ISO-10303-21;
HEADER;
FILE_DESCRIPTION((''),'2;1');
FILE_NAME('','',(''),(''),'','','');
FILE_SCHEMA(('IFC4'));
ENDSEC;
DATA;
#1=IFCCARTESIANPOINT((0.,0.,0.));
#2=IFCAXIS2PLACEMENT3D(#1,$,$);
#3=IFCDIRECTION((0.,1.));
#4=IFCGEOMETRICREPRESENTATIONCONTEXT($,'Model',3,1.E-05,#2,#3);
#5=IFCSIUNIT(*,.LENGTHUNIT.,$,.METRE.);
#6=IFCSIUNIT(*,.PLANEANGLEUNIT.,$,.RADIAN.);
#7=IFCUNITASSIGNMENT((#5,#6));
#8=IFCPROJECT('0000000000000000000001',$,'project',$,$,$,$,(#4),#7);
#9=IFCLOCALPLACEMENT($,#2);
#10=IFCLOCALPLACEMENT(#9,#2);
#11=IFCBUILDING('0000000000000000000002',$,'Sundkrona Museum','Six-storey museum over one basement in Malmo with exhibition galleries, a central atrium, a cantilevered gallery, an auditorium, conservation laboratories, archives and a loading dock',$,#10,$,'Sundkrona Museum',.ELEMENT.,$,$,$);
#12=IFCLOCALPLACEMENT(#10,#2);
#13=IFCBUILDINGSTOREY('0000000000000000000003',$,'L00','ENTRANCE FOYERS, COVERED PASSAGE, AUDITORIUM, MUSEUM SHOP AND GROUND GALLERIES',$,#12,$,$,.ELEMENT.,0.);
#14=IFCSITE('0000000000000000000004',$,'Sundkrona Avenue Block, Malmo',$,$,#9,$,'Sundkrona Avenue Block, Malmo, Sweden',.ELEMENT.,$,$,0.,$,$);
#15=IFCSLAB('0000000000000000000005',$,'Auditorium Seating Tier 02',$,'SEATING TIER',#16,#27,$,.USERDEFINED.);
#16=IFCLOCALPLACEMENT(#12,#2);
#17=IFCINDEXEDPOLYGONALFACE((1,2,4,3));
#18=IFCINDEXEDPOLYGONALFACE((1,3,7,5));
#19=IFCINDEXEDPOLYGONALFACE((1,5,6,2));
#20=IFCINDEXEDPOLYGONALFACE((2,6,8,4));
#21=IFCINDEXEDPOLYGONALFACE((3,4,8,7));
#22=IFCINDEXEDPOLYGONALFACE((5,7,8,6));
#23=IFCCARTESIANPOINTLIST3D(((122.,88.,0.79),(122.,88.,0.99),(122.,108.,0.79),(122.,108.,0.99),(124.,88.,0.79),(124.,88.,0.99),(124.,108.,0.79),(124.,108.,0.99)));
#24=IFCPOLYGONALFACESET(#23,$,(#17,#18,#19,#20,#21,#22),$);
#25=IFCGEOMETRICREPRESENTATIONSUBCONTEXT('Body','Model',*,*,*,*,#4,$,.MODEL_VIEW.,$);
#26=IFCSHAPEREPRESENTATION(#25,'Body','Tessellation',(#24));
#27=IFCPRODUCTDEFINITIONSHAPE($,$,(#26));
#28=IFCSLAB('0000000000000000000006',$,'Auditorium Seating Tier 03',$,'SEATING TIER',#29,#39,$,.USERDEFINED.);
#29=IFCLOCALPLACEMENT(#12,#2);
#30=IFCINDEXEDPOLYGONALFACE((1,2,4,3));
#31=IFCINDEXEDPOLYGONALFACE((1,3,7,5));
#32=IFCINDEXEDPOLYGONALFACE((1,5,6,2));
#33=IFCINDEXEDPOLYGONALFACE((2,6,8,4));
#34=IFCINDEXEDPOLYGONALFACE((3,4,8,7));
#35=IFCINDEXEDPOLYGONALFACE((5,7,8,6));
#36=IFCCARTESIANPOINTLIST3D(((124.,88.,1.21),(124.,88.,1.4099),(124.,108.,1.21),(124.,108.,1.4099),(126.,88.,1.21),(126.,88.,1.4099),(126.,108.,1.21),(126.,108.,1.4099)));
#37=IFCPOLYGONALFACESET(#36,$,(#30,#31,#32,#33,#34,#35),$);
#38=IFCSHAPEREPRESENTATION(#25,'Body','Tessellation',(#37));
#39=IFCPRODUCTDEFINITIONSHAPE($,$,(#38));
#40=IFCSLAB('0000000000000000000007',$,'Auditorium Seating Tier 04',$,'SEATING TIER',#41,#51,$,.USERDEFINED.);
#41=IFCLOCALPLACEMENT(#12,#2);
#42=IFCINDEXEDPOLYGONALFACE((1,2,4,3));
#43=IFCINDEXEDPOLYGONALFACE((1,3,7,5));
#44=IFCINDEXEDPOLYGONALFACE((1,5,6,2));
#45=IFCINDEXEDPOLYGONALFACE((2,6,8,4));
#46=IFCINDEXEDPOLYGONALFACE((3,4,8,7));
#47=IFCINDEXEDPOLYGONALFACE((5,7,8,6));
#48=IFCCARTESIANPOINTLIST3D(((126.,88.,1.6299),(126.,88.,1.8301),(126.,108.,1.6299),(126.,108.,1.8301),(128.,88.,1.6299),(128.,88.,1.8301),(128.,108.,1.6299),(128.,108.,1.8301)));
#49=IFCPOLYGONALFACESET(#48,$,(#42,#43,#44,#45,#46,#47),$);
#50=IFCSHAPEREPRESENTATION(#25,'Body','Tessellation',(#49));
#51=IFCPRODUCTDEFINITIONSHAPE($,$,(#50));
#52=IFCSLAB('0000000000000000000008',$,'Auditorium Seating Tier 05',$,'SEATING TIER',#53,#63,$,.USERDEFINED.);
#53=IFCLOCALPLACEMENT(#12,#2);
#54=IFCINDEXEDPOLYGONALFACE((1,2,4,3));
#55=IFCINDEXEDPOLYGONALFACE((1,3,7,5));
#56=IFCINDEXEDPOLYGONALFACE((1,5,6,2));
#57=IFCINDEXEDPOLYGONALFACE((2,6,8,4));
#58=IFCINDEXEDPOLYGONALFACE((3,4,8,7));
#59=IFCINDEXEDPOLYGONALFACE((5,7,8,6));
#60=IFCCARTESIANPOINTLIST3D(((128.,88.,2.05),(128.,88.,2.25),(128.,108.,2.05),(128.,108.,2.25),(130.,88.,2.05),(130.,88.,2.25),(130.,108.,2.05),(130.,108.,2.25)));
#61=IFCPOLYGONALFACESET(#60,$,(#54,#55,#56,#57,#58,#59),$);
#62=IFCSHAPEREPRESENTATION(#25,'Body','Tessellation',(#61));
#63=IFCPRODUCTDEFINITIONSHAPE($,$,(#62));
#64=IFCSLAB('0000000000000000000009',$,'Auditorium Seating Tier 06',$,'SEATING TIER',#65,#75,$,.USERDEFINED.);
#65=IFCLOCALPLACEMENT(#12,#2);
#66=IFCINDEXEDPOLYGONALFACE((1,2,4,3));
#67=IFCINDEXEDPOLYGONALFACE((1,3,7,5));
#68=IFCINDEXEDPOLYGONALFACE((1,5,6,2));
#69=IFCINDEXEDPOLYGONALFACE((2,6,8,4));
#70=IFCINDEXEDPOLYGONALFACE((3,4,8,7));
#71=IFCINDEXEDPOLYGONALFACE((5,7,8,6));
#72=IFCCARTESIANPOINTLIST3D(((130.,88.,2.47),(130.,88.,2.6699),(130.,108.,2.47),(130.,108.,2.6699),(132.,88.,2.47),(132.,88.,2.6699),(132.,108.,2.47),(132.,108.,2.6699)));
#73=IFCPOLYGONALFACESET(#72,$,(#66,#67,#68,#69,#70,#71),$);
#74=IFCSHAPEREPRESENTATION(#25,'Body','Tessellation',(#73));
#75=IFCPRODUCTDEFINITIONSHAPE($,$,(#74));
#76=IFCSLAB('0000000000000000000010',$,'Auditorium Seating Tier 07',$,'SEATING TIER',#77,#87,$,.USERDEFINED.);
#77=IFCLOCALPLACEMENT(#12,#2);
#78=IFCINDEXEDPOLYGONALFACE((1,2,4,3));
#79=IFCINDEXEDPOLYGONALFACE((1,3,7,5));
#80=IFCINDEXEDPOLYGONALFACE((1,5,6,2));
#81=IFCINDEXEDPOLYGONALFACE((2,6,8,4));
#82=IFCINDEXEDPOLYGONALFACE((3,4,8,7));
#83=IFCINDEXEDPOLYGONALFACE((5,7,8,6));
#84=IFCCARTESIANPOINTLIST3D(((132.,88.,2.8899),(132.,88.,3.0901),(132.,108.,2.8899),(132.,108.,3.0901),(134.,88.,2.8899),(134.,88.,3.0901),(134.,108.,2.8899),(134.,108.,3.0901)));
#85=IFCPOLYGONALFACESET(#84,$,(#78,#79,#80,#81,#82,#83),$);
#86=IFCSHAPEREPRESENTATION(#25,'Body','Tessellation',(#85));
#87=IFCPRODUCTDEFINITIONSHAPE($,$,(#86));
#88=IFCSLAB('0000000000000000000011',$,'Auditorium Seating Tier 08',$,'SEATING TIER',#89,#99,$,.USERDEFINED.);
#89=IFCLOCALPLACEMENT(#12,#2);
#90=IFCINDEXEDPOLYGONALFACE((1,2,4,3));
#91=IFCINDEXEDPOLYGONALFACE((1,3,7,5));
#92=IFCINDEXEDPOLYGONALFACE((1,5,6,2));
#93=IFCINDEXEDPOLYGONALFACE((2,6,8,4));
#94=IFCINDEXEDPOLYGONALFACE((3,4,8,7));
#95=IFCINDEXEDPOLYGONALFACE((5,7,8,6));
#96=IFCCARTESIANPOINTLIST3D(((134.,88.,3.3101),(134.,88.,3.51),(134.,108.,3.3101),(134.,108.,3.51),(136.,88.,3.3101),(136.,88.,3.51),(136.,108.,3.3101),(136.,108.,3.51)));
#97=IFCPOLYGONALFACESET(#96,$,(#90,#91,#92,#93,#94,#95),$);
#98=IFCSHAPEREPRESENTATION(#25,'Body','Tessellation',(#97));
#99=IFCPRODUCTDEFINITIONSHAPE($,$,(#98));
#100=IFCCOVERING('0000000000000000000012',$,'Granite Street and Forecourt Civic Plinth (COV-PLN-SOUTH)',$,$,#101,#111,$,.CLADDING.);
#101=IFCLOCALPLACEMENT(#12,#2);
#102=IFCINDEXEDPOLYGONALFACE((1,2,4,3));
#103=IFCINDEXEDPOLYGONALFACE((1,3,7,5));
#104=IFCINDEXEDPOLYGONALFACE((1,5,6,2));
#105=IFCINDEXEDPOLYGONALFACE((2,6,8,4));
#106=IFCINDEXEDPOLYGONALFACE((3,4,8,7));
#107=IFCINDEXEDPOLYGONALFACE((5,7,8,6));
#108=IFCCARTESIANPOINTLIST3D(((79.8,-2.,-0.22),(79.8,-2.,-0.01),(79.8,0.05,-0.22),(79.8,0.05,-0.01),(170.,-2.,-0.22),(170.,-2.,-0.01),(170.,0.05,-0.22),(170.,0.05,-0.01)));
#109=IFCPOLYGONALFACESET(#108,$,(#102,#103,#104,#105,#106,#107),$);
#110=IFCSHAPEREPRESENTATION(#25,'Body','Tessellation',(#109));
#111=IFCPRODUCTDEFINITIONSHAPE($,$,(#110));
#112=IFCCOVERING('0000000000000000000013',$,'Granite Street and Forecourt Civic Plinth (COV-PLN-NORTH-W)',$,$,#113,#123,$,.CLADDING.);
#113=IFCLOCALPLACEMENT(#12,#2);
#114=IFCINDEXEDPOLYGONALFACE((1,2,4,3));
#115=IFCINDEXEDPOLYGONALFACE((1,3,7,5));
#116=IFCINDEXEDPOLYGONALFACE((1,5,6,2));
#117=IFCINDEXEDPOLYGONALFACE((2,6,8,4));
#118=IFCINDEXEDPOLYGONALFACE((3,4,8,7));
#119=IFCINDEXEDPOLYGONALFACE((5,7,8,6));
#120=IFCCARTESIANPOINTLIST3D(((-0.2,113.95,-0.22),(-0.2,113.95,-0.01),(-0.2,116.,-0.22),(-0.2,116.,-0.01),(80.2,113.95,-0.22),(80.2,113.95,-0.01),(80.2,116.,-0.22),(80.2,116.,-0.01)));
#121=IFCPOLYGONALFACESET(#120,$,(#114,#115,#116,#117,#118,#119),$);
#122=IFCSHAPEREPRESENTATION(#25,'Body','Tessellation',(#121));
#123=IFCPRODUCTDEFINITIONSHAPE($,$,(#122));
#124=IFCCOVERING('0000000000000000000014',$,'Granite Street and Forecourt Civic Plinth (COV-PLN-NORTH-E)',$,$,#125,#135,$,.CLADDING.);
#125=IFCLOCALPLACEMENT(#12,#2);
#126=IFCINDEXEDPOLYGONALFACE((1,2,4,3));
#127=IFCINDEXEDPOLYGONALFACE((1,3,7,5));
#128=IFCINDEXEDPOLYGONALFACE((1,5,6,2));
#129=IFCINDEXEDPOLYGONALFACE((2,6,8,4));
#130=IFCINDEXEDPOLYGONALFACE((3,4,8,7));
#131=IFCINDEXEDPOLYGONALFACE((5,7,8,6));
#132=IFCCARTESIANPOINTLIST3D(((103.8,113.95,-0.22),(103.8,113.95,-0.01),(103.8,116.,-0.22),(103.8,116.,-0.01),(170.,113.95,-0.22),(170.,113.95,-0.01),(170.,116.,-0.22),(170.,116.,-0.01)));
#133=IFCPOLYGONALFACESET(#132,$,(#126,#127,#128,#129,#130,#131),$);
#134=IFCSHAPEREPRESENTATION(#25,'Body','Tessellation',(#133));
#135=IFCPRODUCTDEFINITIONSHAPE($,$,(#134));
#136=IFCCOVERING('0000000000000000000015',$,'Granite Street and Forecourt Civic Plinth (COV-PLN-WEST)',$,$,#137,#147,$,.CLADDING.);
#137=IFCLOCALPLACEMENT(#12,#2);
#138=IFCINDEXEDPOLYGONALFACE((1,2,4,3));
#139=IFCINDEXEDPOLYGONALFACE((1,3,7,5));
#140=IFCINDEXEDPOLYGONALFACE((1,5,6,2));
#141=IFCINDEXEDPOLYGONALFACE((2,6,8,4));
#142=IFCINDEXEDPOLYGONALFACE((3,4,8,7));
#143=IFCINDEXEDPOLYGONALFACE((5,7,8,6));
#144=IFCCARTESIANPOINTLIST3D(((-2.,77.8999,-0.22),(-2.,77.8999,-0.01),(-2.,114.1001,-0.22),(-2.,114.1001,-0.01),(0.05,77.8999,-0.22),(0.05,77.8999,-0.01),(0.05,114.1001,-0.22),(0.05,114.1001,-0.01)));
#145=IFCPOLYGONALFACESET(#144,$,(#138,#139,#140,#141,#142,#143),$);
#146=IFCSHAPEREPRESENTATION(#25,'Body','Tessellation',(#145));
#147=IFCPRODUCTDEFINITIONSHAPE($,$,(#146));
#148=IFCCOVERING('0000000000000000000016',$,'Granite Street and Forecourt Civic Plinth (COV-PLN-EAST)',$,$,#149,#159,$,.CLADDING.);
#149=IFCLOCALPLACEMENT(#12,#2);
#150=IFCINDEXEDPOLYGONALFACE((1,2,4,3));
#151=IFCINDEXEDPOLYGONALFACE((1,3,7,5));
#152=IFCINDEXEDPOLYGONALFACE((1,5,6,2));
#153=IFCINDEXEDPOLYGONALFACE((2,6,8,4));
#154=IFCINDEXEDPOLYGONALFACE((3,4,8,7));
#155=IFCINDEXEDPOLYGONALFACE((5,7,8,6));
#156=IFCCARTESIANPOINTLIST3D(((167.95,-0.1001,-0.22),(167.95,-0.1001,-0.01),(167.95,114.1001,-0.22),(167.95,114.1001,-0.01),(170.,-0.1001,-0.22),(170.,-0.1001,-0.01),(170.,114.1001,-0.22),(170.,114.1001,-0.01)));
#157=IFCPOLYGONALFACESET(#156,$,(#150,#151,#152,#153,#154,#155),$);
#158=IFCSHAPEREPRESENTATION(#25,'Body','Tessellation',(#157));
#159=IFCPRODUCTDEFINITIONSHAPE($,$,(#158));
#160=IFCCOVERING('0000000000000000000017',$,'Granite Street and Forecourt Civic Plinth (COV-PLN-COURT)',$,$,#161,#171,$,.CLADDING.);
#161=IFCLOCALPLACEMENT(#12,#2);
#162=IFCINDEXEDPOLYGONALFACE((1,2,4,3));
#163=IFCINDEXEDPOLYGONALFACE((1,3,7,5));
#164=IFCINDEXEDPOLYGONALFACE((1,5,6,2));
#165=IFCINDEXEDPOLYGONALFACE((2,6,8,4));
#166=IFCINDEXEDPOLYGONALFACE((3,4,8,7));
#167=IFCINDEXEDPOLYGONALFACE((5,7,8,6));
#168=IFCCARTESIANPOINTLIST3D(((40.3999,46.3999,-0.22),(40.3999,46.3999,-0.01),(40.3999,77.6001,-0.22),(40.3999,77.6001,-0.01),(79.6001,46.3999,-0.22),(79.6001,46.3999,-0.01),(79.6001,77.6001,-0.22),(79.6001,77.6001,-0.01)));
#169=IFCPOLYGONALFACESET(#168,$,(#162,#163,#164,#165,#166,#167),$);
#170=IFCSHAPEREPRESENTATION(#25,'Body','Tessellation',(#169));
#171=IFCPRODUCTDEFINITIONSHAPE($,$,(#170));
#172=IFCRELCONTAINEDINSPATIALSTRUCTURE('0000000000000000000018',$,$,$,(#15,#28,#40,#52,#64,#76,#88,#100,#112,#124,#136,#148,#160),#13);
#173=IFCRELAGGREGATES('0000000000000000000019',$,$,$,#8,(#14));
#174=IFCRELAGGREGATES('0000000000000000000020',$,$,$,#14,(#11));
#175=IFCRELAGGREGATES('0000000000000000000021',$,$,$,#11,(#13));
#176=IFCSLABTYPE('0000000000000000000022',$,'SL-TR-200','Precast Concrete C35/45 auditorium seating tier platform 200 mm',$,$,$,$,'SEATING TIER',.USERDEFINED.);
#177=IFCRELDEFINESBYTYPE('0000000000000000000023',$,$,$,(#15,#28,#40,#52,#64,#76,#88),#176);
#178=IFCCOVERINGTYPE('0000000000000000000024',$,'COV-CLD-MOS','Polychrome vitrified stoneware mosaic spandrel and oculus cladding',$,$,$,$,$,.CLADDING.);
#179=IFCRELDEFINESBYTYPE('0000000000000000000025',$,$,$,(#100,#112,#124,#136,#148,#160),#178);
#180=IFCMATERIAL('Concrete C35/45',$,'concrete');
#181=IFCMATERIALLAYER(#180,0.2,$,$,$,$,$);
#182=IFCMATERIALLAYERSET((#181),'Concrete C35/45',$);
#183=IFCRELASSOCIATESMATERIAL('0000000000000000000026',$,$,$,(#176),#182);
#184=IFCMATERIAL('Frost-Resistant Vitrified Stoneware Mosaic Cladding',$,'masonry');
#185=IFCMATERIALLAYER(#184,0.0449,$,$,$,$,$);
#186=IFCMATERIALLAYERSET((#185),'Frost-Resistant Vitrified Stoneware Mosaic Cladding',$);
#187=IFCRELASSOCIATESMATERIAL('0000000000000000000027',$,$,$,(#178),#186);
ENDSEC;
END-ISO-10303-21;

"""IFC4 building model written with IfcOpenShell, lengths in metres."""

from ifc_helpers import new_model, si_unit, direction, frame, origin, place, context, subcontext, project, spatial, polyline, outline, extrude, material, layer, layer_set, type_object, element, save


model = new_model("IFC4")

# Units and contexts
model_context = context("Model", 3, precision=1e-05, world=origin(), true_north=direction((0.0, 1.0)))
body_context = subcontext(model_context, "Body", "Model", "MODEL_VIEW")
ifc_project = project(units=[si_unit("LENGTHUNIT", "METRE"), si_unit("PLANEANGLEUNIT", "RADIAN")], contexts=[model_context])

# Site, building, storey
site_placement = place(None, origin())
site = spatial("IfcSite", under=ifc_project, at=site_placement, Name="Sundkrona Avenue Block, Malmo", LongName="Sundkrona Avenue Block, Malmo, Sweden", CompositionType="ELEMENT", RefElevation=0.0)
building_placement = place(site_placement, origin())
building = spatial("IfcBuilding", under=site, at=building_placement, Name="Sundkrona Museum", Description="Six-storey museum over one basement in Malmo with exhibition galleries, a central atrium, a cantilevered gallery, an auditorium, conservation laboratories, archives and a loading dock", LongName="Sundkrona Museum", CompositionType="ELEMENT")
storey_placement = place(building_placement, origin())
storey = spatial("IfcBuildingStorey", under=building, at=storey_placement, Name="L00", Description="ENTRANCE FOYERS, COVERED PASSAGE, AUDITORIUM, MUSEUM SHOP AND GROUND GALLERIES", CompositionType="ELEMENT", Elevation=0.0)

# Shared definitions
ifc_material_1 = material(Name="Concrete C35/45", Category="concrete")

# Slabs
ifc_layer_1 = layer(ifc_material_1, 0.2)
ifc_layer_set_1 = layer_set([ifc_layer_1], Name="Concrete C35/45")
slab_type_1 = type_object("IfcSlabType", Name="SL-TR-200", Description="Precast Concrete C35/45 auditorium seating tier platform 200 mm", ElementType="SEATING TIER", PredefinedType="USERDEFINED", material=ifc_layer_set_1)
slab_1_placement = place(storey_placement, frame((0.0, 0.0, 0.79)))
element("IfcSlab", 1, at=slab_1_placement, inside=storey, type_object=slab_type_1, Name="Auditorium Seating Tier 02", ObjectType="SEATING TIER", PredefinedType="USERDEFINED", context=body_context, shape_type="SweptSolid", body=[
    extrude(outline(polyline([(122.0, 88.0), (124.0, 88.0), (124.0, 108.0), (122.0, 108.0), (122.0, 88.0)])), origin(), (0.0, 0.0, 1.0), 0.2),
])
slab_2_placement = place(storey_placement, frame((0.0, 0.0, 1.21)))
element("IfcSlab", 2, at=slab_2_placement, inside=storey, type_object=slab_type_1, Name="Auditorium Seating Tier 03", ObjectType="SEATING TIER", PredefinedType="USERDEFINED", context=body_context, shape_type="SweptSolid", body=[
    extrude(outline(polyline([(124.0, 88.0), (126.0, 88.0), (126.0, 108.0), (124.0, 108.0), (124.0, 88.0)])), origin(), (0.0, 0.0, 1.0), 0.2),
])
slab_3_placement = place(storey_placement, frame((0.0, 0.0, 1.6299)))
element("IfcSlab", 3, at=slab_3_placement, inside=storey, type_object=slab_type_1, Name="Auditorium Seating Tier 04", ObjectType="SEATING TIER", PredefinedType="USERDEFINED", context=body_context, shape_type="SweptSolid", body=[
    extrude(outline(polyline([(126.0, 88.0), (128.0, 88.0), (128.0, 108.0), (126.0, 108.0), (126.0, 88.0)])), origin(), (0.0, 0.0, 1.0), 0.2002),
])
slab_4_placement = place(storey_placement, frame((0.0, 0.0, 2.05)))
element("IfcSlab", 4, at=slab_4_placement, inside=storey, type_object=slab_type_1, Name="Auditorium Seating Tier 05", ObjectType="SEATING TIER", PredefinedType="USERDEFINED", context=body_context, shape_type="SweptSolid", body=[
    extrude(outline(polyline([(128.0, 88.0), (130.0, 88.0), (130.0, 108.0), (128.0, 108.0), (128.0, 88.0)])), origin(), (0.0, 0.0, 1.0), 0.2),
])
slab_5_placement = place(storey_placement, frame((0.0, 0.0, 2.47)))
element("IfcSlab", 5, at=slab_5_placement, inside=storey, type_object=slab_type_1, Name="Auditorium Seating Tier 06", ObjectType="SEATING TIER", PredefinedType="USERDEFINED", context=body_context, shape_type="SweptSolid", body=[
    extrude(outline(polyline([(130.0, 88.0), (132.0, 88.0), (132.0, 108.0), (130.0, 108.0), (130.0, 88.0)])), origin(), (0.0, 0.0, 1.0), 0.2),
])
slab_6_placement = place(storey_placement, frame((0.0, 0.0, 2.8899)))
element("IfcSlab", 6, at=slab_6_placement, inside=storey, type_object=slab_type_1, Name="Auditorium Seating Tier 07", ObjectType="SEATING TIER", PredefinedType="USERDEFINED", context=body_context, shape_type="SweptSolid", body=[
    extrude(outline(polyline([(132.0, 88.0), (134.0, 88.0), (134.0, 108.0), (132.0, 108.0), (132.0, 88.0)])), origin(), (0.0, 0.0, 1.0), 0.2002),
])
slab_7_placement = place(storey_placement, frame((0.0, 0.0, 3.3101)))
element("IfcSlab", 7, at=slab_7_placement, inside=storey, type_object=slab_type_1, Name="Auditorium Seating Tier 08", ObjectType="SEATING TIER", PredefinedType="USERDEFINED", context=body_context, shape_type="SweptSolid", body=[
    extrude(outline(polyline([(134.0, 88.0), (136.0, 88.0), (136.0, 108.0), (134.0, 108.0), (134.0, 88.0)])), origin(), (0.0, 0.0, 1.0), 0.2),
])

# Coverings
ifc_material_2 = material(Name="Frost-Resistant Vitrified Stoneware Mosaic Cladding", Category="masonry")
ifc_layer_2 = layer(ifc_material_2, 0.0449)
ifc_layer_set_2 = layer_set([ifc_layer_2], Name="Frost-Resistant Vitrified Stoneware Mosaic Cladding")
covering_type = type_object("IfcCoveringType", Name="COV-CLD-MOS", Description="Polychrome vitrified stoneware mosaic spandrel and oculus cladding", PredefinedType="CLADDING", material=ifc_layer_set_2)
covering_1_placement = place(storey_placement, frame((0.0, 0.0, -0.22)))
element("IfcCovering", 8, at=covering_1_placement, inside=storey, type_object=covering_type, Name="Granite Street and Forecourt Civic Plinth (COV-PLN-SOUTH)", PredefinedType="CLADDING", context=body_context, shape_type="SweptSolid", body=[
    extrude(outline(polyline([(79.8, -2.0), (170.0, -2.0), (170.0, 0.05), (79.8, 0.05), (79.8, -2.0)])), origin(), (0.0, 0.0, 1.0), 0.21),
])
covering_2_placement = place(storey_placement, frame((0.0, 0.0, -0.22)))
element("IfcCovering", 9, at=covering_2_placement, inside=storey, type_object=covering_type, Name="Granite Street and Forecourt Civic Plinth (COV-PLN-NORTH-W)", PredefinedType="CLADDING", context=body_context, shape_type="SweptSolid", body=[
    extrude(outline(polyline([(-0.2, 113.95), (80.2, 113.95), (80.2, 116.0), (-0.2, 116.0), (-0.2, 113.95)])), origin(), (0.0, 0.0, 1.0), 0.21),
])
covering_3_placement = place(storey_placement, frame((0.0, 0.0, -0.22)))
element("IfcCovering", 10, at=covering_3_placement, inside=storey, type_object=covering_type, Name="Granite Street and Forecourt Civic Plinth (COV-PLN-NORTH-E)", PredefinedType="CLADDING", context=body_context, shape_type="SweptSolid", body=[
    extrude(outline(polyline([(103.8, 113.95), (170.0, 113.95), (170.0, 116.0), (103.8, 116.0), (103.8, 113.95)])), origin(), (0.0, 0.0, 1.0), 0.21),
])
covering_4_placement = place(storey_placement, frame((0.0, 0.0, -0.22)))
element("IfcCovering", 11, at=covering_4_placement, inside=storey, type_object=covering_type, Name="Granite Street and Forecourt Civic Plinth (COV-PLN-WEST)", PredefinedType="CLADDING", context=body_context, shape_type="SweptSolid", body=[
    extrude(outline(polyline([(-2.0, 77.8999), (0.05, 77.8999), (0.05, 114.1001), (-2.0, 114.1001), (-2.0, 77.8999)])), origin(), (0.0, 0.0, 1.0), 0.21),
])
covering_5_placement = place(storey_placement, frame((0.0, 0.0, -0.22)))
element("IfcCovering", 12, at=covering_5_placement, inside=storey, type_object=covering_type, Name="Granite Street and Forecourt Civic Plinth (COV-PLN-EAST)", PredefinedType="CLADDING", context=body_context, shape_type="SweptSolid", body=[
    extrude(outline(polyline([(167.95, -0.1001), (170.0, -0.1001), (170.0, 114.1001), (167.95, 114.1001), (167.95, -0.1001)])), origin(), (0.0, 0.0, 1.0), 0.21),
])
covering_6_placement = place(storey_placement, frame((0.0, 0.0, -0.22)))
element("IfcCovering", 13, at=covering_6_placement, inside=storey, type_object=covering_type, Name="Granite Street and Forecourt Civic Plinth (COV-PLN-COURT)", PredefinedType="CLADDING", context=body_context, shape_type="SweptSolid", body=[
    extrude(outline(polyline([(40.3999, 46.3999), (79.6001, 46.3999), (79.6001, 77.6001), (40.3999, 77.6001), (40.3999, 46.3999)])), origin(), (0.0, 0.0, 1.0), 0.21),
])

save(model, "model.ifc")
